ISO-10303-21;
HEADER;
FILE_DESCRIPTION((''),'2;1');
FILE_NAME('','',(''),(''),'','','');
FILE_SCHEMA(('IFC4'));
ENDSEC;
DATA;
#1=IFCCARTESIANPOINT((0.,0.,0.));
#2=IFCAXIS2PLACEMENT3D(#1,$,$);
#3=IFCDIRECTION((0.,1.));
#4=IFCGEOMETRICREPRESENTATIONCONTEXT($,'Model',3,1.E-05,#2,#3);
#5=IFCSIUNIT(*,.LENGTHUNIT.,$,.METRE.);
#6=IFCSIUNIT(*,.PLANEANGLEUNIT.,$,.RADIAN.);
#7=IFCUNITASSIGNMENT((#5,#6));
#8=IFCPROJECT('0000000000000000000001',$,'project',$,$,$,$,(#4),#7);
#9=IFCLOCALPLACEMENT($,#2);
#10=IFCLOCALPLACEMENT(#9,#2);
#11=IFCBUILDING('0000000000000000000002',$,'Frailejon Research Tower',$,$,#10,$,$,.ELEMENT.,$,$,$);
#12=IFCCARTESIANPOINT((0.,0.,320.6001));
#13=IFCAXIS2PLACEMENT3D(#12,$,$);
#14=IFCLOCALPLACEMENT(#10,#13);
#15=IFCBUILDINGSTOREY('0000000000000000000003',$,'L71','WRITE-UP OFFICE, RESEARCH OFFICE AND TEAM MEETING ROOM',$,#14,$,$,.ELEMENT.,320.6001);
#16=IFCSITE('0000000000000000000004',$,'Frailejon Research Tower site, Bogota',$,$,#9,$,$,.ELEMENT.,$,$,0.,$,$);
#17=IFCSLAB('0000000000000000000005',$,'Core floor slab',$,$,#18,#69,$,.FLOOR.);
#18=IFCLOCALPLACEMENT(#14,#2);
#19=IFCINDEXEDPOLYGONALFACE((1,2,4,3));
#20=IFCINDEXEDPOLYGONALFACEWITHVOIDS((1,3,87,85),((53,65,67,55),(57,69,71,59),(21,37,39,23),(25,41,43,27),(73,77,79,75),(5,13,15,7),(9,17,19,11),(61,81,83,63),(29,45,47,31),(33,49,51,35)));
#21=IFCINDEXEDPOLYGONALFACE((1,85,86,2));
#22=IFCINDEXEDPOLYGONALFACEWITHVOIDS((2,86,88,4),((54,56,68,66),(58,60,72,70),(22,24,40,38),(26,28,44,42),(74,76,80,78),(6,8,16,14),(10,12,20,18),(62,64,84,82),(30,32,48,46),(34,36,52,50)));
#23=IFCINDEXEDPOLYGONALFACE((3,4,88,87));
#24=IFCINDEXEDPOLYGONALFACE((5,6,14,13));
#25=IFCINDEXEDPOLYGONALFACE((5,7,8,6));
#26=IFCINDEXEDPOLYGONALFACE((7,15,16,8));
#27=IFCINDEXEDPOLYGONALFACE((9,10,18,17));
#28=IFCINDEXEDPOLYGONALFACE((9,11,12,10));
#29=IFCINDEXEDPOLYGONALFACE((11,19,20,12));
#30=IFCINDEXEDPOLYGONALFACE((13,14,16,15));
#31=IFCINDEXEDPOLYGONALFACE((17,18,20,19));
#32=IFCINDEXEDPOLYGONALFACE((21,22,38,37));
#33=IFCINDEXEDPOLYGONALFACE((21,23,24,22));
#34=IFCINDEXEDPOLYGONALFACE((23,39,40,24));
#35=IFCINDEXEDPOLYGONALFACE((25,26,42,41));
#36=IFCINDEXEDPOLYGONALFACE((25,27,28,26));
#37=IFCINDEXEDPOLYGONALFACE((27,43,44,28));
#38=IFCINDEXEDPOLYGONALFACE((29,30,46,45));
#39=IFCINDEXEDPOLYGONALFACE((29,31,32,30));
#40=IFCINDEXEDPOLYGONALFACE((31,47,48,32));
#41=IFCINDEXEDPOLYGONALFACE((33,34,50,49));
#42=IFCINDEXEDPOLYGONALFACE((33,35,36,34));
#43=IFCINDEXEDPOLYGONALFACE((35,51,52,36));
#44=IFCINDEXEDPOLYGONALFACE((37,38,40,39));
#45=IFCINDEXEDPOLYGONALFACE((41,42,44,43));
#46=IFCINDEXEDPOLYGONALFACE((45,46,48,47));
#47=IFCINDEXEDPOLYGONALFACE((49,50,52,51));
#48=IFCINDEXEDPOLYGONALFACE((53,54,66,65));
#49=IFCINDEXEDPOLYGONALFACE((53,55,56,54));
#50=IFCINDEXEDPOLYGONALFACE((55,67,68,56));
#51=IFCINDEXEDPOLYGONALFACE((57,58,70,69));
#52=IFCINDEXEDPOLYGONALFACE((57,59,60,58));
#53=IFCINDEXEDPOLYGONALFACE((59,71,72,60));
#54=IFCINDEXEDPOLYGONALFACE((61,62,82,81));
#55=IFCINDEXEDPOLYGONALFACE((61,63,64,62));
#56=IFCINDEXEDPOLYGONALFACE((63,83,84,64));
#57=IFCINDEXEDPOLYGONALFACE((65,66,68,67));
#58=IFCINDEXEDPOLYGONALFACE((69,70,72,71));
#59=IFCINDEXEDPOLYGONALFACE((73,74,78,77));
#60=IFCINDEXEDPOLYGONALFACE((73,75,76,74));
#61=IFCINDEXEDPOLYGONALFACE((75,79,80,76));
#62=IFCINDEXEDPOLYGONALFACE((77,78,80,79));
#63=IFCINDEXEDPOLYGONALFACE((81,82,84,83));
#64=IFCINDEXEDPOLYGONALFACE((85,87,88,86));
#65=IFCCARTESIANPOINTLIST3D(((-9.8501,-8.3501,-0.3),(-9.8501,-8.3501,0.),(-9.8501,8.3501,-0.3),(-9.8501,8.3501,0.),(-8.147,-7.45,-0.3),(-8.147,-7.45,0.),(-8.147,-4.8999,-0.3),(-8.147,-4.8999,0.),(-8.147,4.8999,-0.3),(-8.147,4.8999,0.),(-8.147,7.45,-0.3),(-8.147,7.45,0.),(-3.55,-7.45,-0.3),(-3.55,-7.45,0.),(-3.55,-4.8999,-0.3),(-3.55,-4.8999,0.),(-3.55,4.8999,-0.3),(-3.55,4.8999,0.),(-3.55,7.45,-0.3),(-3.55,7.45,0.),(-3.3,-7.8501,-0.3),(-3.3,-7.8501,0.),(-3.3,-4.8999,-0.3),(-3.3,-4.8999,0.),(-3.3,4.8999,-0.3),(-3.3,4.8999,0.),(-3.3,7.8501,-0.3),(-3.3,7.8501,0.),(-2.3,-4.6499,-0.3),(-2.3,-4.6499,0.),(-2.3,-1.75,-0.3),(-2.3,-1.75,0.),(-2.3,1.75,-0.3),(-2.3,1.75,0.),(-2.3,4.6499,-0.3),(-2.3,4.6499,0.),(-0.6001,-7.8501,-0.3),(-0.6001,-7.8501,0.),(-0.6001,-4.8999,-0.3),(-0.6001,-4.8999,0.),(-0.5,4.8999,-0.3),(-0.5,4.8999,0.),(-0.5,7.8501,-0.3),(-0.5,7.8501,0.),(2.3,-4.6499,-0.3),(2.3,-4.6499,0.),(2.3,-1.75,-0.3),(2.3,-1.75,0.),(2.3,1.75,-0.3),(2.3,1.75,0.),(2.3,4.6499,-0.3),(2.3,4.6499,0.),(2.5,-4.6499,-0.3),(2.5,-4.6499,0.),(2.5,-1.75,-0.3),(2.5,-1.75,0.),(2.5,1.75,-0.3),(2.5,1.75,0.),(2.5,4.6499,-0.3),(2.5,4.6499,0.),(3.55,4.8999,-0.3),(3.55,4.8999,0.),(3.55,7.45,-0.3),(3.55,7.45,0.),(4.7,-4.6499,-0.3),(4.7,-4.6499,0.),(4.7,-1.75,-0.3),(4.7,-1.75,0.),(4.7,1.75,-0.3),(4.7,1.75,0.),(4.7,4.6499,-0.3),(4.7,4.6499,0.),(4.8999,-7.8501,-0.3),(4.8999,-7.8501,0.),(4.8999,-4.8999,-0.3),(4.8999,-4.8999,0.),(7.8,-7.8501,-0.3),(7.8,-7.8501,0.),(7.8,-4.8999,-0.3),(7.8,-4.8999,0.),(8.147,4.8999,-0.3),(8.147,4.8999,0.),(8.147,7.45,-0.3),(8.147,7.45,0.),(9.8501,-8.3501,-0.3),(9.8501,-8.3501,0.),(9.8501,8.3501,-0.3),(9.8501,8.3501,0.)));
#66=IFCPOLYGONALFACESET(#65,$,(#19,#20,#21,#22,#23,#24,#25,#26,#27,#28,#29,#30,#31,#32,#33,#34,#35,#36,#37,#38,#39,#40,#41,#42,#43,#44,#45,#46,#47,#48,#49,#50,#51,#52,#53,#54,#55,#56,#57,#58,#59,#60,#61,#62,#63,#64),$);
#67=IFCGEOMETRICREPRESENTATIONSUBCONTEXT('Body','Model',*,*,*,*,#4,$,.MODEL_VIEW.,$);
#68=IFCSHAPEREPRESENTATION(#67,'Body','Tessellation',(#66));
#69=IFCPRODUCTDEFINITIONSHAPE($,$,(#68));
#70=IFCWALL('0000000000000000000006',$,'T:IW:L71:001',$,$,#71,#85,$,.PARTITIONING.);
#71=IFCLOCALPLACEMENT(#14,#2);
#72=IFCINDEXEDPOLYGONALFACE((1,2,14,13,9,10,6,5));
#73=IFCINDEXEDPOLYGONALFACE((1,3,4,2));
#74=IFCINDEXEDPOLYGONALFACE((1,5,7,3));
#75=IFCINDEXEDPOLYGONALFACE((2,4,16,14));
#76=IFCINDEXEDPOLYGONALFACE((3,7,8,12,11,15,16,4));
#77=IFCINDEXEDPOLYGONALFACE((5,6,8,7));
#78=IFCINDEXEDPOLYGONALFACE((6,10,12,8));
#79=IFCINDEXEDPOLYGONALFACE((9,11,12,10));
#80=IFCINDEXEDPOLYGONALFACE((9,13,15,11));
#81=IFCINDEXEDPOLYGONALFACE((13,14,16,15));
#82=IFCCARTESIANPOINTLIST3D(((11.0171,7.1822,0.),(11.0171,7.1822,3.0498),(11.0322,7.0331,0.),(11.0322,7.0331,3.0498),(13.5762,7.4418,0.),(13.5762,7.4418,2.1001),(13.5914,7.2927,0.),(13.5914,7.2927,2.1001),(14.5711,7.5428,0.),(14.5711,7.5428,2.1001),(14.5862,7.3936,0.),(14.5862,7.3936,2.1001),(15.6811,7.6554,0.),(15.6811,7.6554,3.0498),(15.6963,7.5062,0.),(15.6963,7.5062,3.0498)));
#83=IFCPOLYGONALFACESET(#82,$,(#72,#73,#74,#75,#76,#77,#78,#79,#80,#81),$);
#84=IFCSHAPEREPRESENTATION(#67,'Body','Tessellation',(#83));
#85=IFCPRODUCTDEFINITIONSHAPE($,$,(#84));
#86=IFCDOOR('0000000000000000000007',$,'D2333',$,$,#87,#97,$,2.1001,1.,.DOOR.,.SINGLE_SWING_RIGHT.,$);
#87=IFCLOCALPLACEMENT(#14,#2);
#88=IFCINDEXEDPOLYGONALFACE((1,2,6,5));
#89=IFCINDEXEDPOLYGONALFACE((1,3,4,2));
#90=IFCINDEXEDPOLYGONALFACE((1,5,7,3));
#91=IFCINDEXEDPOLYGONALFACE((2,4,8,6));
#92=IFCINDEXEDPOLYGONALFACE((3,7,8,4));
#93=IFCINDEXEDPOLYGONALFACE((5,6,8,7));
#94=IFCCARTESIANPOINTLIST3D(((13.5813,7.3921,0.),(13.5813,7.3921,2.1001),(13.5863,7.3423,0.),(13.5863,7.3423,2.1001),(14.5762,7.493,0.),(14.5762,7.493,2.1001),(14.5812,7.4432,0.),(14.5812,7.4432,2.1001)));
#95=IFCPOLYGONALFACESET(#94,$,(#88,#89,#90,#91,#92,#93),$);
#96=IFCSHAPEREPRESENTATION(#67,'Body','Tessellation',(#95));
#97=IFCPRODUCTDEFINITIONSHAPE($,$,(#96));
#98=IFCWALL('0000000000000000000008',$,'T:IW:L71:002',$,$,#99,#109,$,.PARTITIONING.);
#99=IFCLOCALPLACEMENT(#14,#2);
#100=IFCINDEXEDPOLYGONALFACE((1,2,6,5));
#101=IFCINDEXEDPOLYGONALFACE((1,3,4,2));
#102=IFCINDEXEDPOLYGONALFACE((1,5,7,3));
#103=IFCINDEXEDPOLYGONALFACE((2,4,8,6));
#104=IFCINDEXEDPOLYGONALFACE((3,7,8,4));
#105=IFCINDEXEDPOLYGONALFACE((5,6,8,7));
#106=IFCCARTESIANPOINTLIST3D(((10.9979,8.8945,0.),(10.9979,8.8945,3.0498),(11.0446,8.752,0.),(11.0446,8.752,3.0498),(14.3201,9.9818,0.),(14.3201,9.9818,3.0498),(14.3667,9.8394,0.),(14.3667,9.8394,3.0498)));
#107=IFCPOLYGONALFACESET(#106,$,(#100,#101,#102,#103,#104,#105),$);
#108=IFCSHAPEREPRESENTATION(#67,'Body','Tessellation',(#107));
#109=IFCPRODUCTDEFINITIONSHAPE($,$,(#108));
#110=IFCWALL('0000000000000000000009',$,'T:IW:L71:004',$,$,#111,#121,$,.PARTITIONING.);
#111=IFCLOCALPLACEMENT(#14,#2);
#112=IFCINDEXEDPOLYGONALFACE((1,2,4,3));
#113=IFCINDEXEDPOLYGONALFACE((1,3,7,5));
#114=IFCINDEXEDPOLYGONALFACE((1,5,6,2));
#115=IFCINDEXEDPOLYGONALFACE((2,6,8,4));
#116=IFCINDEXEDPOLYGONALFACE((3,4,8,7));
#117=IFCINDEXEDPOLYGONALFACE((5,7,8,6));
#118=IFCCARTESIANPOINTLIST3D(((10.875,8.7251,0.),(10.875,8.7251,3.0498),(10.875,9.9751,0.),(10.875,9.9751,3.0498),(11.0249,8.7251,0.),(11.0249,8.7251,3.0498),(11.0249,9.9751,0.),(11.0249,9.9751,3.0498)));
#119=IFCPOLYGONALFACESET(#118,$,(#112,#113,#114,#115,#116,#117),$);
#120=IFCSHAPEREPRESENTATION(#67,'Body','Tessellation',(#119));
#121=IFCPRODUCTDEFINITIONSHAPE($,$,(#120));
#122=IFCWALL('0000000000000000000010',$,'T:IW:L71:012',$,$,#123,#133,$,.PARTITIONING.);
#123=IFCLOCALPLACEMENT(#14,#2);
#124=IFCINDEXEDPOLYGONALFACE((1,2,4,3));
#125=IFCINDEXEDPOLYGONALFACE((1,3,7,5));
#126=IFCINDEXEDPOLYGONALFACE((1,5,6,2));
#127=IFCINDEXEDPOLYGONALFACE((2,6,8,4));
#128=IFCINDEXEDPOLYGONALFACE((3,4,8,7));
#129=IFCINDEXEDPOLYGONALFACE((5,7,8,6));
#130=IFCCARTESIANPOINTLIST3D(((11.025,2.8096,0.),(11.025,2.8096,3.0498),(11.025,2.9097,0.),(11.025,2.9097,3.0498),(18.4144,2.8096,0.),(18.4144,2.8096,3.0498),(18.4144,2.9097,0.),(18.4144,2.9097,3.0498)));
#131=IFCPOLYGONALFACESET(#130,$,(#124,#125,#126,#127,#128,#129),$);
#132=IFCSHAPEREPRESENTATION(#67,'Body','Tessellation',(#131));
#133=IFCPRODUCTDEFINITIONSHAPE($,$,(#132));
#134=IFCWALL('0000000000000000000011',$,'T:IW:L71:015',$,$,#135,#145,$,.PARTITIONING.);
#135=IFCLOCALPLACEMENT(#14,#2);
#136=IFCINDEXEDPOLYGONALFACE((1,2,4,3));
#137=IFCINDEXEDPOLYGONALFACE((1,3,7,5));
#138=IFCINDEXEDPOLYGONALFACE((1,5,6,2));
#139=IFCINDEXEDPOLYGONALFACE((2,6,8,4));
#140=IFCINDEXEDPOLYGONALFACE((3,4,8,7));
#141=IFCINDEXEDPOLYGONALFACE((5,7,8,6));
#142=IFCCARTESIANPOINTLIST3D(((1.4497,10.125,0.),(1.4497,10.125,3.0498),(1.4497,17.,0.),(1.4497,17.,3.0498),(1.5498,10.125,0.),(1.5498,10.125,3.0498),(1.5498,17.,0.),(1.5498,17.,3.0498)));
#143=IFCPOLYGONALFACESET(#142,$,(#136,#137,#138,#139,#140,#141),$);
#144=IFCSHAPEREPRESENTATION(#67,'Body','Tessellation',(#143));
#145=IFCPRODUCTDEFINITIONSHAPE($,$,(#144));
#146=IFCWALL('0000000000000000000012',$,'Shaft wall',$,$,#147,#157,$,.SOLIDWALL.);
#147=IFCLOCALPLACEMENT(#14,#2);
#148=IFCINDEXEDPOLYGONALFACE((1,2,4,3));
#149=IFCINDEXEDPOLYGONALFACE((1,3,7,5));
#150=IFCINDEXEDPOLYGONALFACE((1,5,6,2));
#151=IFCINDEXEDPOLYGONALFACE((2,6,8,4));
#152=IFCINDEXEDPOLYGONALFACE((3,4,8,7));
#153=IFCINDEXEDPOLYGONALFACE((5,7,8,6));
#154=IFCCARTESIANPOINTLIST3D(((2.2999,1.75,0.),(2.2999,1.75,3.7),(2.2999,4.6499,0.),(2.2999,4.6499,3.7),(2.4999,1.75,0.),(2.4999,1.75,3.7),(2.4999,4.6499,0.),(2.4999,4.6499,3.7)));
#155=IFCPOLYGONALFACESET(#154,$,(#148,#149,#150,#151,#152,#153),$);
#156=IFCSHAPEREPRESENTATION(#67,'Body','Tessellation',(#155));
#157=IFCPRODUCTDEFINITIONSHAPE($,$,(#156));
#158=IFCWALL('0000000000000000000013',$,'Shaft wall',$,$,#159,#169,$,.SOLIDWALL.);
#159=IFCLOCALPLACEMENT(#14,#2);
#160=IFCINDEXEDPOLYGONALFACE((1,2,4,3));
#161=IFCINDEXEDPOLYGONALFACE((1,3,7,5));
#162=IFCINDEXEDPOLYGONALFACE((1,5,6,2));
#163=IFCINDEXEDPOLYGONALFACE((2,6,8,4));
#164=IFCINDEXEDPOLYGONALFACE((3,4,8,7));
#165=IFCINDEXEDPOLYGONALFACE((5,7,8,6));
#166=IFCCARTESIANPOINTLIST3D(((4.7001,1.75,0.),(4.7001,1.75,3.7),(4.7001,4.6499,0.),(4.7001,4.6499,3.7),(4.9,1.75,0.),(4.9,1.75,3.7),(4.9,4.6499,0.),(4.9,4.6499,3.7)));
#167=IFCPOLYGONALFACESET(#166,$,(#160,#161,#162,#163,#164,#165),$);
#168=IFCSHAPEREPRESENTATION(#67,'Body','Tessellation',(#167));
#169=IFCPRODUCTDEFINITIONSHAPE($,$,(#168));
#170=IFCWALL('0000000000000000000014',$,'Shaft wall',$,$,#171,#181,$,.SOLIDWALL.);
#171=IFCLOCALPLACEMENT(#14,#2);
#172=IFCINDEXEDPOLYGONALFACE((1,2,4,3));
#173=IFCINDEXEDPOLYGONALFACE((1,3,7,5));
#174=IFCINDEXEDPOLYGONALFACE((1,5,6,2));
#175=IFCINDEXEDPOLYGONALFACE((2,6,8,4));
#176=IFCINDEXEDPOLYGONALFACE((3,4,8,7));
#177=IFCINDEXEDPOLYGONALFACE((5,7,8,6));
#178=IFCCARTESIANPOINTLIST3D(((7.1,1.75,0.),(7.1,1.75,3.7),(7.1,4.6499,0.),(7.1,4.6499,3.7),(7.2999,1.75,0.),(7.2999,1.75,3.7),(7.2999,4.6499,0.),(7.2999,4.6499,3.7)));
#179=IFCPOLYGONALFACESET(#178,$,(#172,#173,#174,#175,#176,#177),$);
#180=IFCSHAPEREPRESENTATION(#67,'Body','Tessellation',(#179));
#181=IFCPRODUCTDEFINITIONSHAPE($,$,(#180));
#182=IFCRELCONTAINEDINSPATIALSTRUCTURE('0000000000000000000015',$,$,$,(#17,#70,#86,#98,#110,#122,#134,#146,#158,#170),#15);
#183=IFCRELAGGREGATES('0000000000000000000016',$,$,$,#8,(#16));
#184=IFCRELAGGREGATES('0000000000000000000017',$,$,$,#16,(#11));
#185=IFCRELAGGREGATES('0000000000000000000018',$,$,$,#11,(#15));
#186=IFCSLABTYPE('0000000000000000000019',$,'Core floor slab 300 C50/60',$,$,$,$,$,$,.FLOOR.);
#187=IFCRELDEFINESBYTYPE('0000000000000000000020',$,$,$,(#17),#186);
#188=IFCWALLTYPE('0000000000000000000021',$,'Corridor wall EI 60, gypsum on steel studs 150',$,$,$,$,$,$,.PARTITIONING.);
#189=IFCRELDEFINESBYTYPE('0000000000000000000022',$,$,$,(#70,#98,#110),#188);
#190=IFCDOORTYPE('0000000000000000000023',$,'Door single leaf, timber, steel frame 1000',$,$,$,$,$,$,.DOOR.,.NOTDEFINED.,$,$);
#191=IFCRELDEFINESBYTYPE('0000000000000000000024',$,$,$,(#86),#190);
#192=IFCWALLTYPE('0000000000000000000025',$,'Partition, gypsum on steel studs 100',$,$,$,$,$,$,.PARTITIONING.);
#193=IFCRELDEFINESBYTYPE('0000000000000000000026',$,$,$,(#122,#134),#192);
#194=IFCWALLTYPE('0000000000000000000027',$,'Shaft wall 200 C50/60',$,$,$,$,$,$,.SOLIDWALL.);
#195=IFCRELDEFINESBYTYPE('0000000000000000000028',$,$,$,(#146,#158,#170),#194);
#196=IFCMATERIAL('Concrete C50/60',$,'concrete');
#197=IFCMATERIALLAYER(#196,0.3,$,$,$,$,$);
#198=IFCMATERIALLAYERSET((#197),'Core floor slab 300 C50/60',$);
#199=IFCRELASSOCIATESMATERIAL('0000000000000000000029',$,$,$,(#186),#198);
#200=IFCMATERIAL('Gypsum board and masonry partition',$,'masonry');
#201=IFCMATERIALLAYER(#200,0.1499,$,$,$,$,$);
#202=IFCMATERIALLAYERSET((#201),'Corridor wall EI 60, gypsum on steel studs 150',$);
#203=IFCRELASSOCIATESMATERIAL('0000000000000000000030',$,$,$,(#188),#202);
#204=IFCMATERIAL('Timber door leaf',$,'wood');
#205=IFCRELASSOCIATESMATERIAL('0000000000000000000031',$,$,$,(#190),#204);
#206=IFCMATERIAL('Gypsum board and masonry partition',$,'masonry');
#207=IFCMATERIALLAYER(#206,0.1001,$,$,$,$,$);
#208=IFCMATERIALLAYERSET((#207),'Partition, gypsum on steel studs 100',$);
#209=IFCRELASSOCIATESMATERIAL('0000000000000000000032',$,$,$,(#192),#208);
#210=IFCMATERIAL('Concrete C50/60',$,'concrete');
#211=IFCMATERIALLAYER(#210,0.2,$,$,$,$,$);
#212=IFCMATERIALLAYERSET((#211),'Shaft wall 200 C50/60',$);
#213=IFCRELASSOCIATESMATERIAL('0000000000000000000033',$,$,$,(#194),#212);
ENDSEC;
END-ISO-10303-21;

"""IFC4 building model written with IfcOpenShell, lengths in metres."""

from ifc_helpers import new_model, si_unit, direction, frame, frame_2d, origin, place, context, subcontext, project, spatial, polyline, rectangle, outline, extrude, material, layer, layer_set, type_object, element, fill, save


model = new_model("IFC4")

# Units and contexts
model_context = context("Model", 3, precision=1e-05, world=origin(), true_north=direction((0.0, 1.0)))
body_context = subcontext(model_context, "Body", "Model", "MODEL_VIEW")
ifc_project = project(units=[si_unit("LENGTHUNIT", "METRE"), si_unit("PLANEANGLEUNIT", "RADIAN")], contexts=[model_context])

# Site, building, storey
site_placement = place(None, origin())
site = spatial("IfcSite", under=ifc_project, at=site_placement, Name="Frailejon Research Tower site, Bogota", CompositionType="ELEMENT", RefElevation=0.0)
building_placement = place(site_placement, origin())
building = spatial("IfcBuilding", under=site, at=building_placement, Name="Frailejon Research Tower", CompositionType="ELEMENT")
storey_placement = place(building_placement, frame((0.0, 0.0, 320.6001)))
storey = spatial("IfcBuildingStorey", under=building, at=storey_placement, Name="L71", Description="WRITE-UP OFFICE, RESEARCH OFFICE AND TEAM MEETING ROOM", CompositionType="ELEMENT", Elevation=320.6001)

# Slab
ifc_material_1 = material(Name="Concrete C50/60", Category="concrete")
ifc_layer_1 = layer(ifc_material_1, 0.3)
ifc_layer_set_1 = layer_set([ifc_layer_1], Name="Core floor slab 300 C50/60")
slab_type = type_object("IfcSlabType", Name="Core floor slab 300 C50/60", PredefinedType="FLOOR", material=ifc_layer_set_1)
slab_placement = place(storey_placement, frame((0.0, 0.0, -0.3)))
element("IfcSlab", 1, at=slab_placement, inside=storey, type_object=slab_type, Name="Core floor slab", PredefinedType="FLOOR", context=body_context, shape_type="SweptSolid", body=[
    extrude(outline(polyline([(9.8501, -8.3501), (9.8501, 8.3501), (-9.8501, 8.3501), (-9.8501, -8.3501), (9.8501, -8.3501)]), holes=[polyline([(2.3, 1.75), (2.3, 4.6499), (-2.3, 4.6499), (-2.3, 1.75), (2.3, 1.75)]), polyline([(4.7, 1.75), (4.7, 4.6499), (2.5, 4.6499), (2.5, 1.75), (4.7, 1.75)]), polyline([(2.3, -4.6499), (2.3, -1.75), (-2.3, -1.75), (-2.3, -4.6499), (2.3, -4.6499)]), polyline([(4.7, -4.6499), (4.7, -1.75), (2.5, -1.75), (2.5, -4.6499), (4.7, -4.6499)]), polyline([(-8.147, 4.8999), (-3.55, 4.8999), (-3.55, 7.45), (-8.147, 7.45), (-8.147, 4.8999)]), polyline([(-8.147, -7.45), (-3.55, -7.45), (-3.55, -4.8999), (-8.147, -4.8999), (-8.147, -7.45)]), polyline([(8.147, 7.45), (3.55, 7.45), (3.55, 4.8999), (8.147, 4.8999), (8.147, 7.45)]), polyline([(-0.6001, -7.8501), (-0.6001, -4.8999), (-3.3, -4.8999), (-3.3, -7.8501), (-0.6001, -7.8501)]), polyline([(7.8, -7.8501), (7.8, -4.8999), (4.8999, -4.8999), (4.8999, -7.8501), (7.8, -7.8501)]), polyline([(-0.5, 4.8999), (-0.5, 7.8501), (-3.3, 7.8501), (-3.3, 4.8999), (-0.5, 4.8999)])]), origin(), (0.0, 0.0, 1.0), 0.3),
])

# Wall, opening, door
ifc_material_2 = material(Name="Gypsum board and masonry partition", Category="masonry")
ifc_layer_2 = layer(ifc_material_2, 0.1499)
ifc_layer_set_2 = layer_set([ifc_layer_2], Name="Corridor wall EI 60, gypsum on steel studs 150")
wall_type_1 = type_object("IfcWallType", Name="Corridor wall EI 60, gypsum on steel studs 150", PredefinedType="PARTITIONING", material=ifc_layer_set_2)
wall_1_placement = place(storey_placement, frame((11.0247, 7.1077, 0.0), z_axis=(0.0, 0.0, 1.0), x_axis=(0.994894, 0.100927, 0.0)))
wall_1 = element("IfcWall", 2, at=wall_1_placement, inside=storey, type_object=wall_type_1, Name="T:IW:L71:001", PredefinedType="PARTITIONING", context=body_context, shape_type="SweptSolid", body=[
    extrude(rectangle(XDim=4.688, YDim=0.1499, at=frame_2d((2.344, 0.0))), origin(), (0.0, 0.0, 1.0), 3.0498),
])
opening_1_placement = place(wall_1_placement, frame((2.5723, 0.0, 0.0)))
opening_1 = element("IfcOpeningElement", 3, at=opening_1_placement, cuts=wall_1, PredefinedType="OPENING", context=body_context, shape_type="SweptSolid", body=[
    extrude(rectangle(XDim=1.0, YDim=2.1001, at=frame_2d((0.5, 1.05))), frame((0.0, 0.085, 0.0), z_axis=(0.0, -1.0, 0.0), x_axis=(1.0, 0.0, 0.0)), (0.0, 0.0, 1.0), 0.1699),
])
ifc_material_3 = material(Name="Timber door leaf", Category="wood")
door_type_1 = type_object("IfcDoorType", Name="Door single leaf, timber, steel frame 1000", OperationType="NOTDEFINED", PredefinedType="DOOR", material=ifc_material_3)
door_1_placement = place(opening_1_placement, origin())
door_1 = element("IfcDoor", 4, at=door_1_placement, inside=storey, type_object=door_type_1, Name="D2333", OperationType="SINGLE_SWING_RIGHT", OverallHeight=2.1001, OverallWidth=1.0, PredefinedType="DOOR", context=body_context, shape_type="SweptSolid", body=[
    extrude(rectangle(XDim=1.0, YDim=2.1001, at=frame_2d((0.5, 1.05))), frame((0.0, 0.0249, 0.0), z_axis=(0.0, -1.0, 0.0), x_axis=(1.0, 0.0, 0.0)), (0.0, 0.0, 1.0), 0.05),
])
fill(opening_1, door_1)

# Walls
wall_2_placement = place(storey_placement, frame((11.0212, 8.8232, 0.0), z_axis=(0.0, 0.0, 1.0), x_axis=(0.950387, 0.311069, 0.0)))
element("IfcWall", 5, at=wall_2_placement, inside=storey, type_object=wall_type_1, Name="T:IW:L71:002", PredefinedType="PARTITIONING", context=body_context, shape_type="SweptSolid", body=[
    extrude(rectangle(XDim=3.4956, YDim=0.1499, at=frame_2d((1.7478, 0.0))), origin(), (0.0, 0.0, 1.0), 3.0498),
])
wall_3_placement = place(storey_placement, frame((10.95, 8.7251, 0.0), z_axis=(0.0, 0.0, 1.0), x_axis=(0.0, 1.0, 0.0)))
element("IfcWall", 6, at=wall_3_placement, inside=storey, type_object=wall_type_1, Name="T:IW:L71:004", PredefinedType="PARTITIONING", context=body_context, shape_type="SweptSolid", body=[
    extrude(rectangle(XDim=1.25, YDim=0.1499, at=frame_2d((0.625, 0.0))), origin(), (0.0, 0.0, 1.0), 3.0498),
])
ifc_material_4 = material(Name="Gypsum board and masonry partition", Category="masonry")
ifc_layer_3 = layer(ifc_material_4, 0.1001)
ifc_layer_set_3 = layer_set([ifc_layer_3], Name="Partition, gypsum on steel studs 100")
wall_type_2 = type_object("IfcWallType", Name="Partition, gypsum on steel studs 100", PredefinedType="PARTITIONING", material=ifc_layer_set_3)
wall_4_placement = place(storey_placement, frame((11.0249, 2.8596, 0.0), z_axis=(0.0, 0.0, 1.0), x_axis=(1.0, 0.0, 0.0)))
element("IfcWall", 7, at=wall_4_placement, inside=storey, type_object=wall_type_2, Name="T:IW:L71:012", PredefinedType="PARTITIONING", context=body_context, shape_type="SweptSolid", body=[
    extrude(rectangle(XDim=7.3894, YDim=0.1001, at=frame_2d((3.6948, 0.0))), origin(), (0.0, 0.0, 1.0), 3.0498),
])
wall_5_placement = place(storey_placement, frame((1.4998, 10.125, 0.0), z_axis=(0.0, 0.0, 1.0), x_axis=(0.0, 1.0, 0.0)))
element("IfcWall", 8, at=wall_5_placement, inside=storey, type_object=wall_type_2, Name="T:IW:L71:015", PredefinedType="PARTITIONING", context=body_context, shape_type="SweptSolid", body=[
    extrude(rectangle(XDim=6.875, YDim=0.1001, at=frame_2d((3.4375, 0.0))), origin(), (0.0, 0.0, 1.0), 3.0498),
])
ifc_material_5 = material(Name="Concrete C50/60", Category="concrete")
ifc_layer_4 = layer(ifc_material_5, 0.2)
ifc_layer_set_4 = layer_set([ifc_layer_4], Name="Shaft wall 200 C50/60")
wall_type_3 = type_object("IfcWallType", Name="Shaft wall 200 C50/60", PredefinedType="SOLIDWALL", material=ifc_layer_set_4)
for number, where, z_axis, x_axis, name in (
    (9, (2.3999, 1.75, 0.0), (0.0, 0.0, 1.0), (0.0, 1.0, 0.0), "Shaft wall"),
    (10, (4.8, 1.75, 0.0), (0.0, 0.0, 1.0), (0.0, 1.0, 0.0), "Shaft wall"),
    (11, (7.2, 1.75, 0.0), (0.0, 0.0, 1.0), (0.0, 1.0, 0.0), "Shaft wall"),
):
    element("IfcWall", number, at=place(storey_placement, frame(where, z_axis=z_axis, x_axis=x_axis)), inside=storey, type_object=wall_type_3, Name=name, PredefinedType="SOLIDWALL", context=body_context, shape_type="SweptSolid", body=[
        extrude(rectangle(XDim=2.8999, YDim=0.2, at=frame_2d((1.45, 0.0))), origin(), (0.0, 0.0, 1.0), 3.7),
    ])

save(model, "model.ifc")
